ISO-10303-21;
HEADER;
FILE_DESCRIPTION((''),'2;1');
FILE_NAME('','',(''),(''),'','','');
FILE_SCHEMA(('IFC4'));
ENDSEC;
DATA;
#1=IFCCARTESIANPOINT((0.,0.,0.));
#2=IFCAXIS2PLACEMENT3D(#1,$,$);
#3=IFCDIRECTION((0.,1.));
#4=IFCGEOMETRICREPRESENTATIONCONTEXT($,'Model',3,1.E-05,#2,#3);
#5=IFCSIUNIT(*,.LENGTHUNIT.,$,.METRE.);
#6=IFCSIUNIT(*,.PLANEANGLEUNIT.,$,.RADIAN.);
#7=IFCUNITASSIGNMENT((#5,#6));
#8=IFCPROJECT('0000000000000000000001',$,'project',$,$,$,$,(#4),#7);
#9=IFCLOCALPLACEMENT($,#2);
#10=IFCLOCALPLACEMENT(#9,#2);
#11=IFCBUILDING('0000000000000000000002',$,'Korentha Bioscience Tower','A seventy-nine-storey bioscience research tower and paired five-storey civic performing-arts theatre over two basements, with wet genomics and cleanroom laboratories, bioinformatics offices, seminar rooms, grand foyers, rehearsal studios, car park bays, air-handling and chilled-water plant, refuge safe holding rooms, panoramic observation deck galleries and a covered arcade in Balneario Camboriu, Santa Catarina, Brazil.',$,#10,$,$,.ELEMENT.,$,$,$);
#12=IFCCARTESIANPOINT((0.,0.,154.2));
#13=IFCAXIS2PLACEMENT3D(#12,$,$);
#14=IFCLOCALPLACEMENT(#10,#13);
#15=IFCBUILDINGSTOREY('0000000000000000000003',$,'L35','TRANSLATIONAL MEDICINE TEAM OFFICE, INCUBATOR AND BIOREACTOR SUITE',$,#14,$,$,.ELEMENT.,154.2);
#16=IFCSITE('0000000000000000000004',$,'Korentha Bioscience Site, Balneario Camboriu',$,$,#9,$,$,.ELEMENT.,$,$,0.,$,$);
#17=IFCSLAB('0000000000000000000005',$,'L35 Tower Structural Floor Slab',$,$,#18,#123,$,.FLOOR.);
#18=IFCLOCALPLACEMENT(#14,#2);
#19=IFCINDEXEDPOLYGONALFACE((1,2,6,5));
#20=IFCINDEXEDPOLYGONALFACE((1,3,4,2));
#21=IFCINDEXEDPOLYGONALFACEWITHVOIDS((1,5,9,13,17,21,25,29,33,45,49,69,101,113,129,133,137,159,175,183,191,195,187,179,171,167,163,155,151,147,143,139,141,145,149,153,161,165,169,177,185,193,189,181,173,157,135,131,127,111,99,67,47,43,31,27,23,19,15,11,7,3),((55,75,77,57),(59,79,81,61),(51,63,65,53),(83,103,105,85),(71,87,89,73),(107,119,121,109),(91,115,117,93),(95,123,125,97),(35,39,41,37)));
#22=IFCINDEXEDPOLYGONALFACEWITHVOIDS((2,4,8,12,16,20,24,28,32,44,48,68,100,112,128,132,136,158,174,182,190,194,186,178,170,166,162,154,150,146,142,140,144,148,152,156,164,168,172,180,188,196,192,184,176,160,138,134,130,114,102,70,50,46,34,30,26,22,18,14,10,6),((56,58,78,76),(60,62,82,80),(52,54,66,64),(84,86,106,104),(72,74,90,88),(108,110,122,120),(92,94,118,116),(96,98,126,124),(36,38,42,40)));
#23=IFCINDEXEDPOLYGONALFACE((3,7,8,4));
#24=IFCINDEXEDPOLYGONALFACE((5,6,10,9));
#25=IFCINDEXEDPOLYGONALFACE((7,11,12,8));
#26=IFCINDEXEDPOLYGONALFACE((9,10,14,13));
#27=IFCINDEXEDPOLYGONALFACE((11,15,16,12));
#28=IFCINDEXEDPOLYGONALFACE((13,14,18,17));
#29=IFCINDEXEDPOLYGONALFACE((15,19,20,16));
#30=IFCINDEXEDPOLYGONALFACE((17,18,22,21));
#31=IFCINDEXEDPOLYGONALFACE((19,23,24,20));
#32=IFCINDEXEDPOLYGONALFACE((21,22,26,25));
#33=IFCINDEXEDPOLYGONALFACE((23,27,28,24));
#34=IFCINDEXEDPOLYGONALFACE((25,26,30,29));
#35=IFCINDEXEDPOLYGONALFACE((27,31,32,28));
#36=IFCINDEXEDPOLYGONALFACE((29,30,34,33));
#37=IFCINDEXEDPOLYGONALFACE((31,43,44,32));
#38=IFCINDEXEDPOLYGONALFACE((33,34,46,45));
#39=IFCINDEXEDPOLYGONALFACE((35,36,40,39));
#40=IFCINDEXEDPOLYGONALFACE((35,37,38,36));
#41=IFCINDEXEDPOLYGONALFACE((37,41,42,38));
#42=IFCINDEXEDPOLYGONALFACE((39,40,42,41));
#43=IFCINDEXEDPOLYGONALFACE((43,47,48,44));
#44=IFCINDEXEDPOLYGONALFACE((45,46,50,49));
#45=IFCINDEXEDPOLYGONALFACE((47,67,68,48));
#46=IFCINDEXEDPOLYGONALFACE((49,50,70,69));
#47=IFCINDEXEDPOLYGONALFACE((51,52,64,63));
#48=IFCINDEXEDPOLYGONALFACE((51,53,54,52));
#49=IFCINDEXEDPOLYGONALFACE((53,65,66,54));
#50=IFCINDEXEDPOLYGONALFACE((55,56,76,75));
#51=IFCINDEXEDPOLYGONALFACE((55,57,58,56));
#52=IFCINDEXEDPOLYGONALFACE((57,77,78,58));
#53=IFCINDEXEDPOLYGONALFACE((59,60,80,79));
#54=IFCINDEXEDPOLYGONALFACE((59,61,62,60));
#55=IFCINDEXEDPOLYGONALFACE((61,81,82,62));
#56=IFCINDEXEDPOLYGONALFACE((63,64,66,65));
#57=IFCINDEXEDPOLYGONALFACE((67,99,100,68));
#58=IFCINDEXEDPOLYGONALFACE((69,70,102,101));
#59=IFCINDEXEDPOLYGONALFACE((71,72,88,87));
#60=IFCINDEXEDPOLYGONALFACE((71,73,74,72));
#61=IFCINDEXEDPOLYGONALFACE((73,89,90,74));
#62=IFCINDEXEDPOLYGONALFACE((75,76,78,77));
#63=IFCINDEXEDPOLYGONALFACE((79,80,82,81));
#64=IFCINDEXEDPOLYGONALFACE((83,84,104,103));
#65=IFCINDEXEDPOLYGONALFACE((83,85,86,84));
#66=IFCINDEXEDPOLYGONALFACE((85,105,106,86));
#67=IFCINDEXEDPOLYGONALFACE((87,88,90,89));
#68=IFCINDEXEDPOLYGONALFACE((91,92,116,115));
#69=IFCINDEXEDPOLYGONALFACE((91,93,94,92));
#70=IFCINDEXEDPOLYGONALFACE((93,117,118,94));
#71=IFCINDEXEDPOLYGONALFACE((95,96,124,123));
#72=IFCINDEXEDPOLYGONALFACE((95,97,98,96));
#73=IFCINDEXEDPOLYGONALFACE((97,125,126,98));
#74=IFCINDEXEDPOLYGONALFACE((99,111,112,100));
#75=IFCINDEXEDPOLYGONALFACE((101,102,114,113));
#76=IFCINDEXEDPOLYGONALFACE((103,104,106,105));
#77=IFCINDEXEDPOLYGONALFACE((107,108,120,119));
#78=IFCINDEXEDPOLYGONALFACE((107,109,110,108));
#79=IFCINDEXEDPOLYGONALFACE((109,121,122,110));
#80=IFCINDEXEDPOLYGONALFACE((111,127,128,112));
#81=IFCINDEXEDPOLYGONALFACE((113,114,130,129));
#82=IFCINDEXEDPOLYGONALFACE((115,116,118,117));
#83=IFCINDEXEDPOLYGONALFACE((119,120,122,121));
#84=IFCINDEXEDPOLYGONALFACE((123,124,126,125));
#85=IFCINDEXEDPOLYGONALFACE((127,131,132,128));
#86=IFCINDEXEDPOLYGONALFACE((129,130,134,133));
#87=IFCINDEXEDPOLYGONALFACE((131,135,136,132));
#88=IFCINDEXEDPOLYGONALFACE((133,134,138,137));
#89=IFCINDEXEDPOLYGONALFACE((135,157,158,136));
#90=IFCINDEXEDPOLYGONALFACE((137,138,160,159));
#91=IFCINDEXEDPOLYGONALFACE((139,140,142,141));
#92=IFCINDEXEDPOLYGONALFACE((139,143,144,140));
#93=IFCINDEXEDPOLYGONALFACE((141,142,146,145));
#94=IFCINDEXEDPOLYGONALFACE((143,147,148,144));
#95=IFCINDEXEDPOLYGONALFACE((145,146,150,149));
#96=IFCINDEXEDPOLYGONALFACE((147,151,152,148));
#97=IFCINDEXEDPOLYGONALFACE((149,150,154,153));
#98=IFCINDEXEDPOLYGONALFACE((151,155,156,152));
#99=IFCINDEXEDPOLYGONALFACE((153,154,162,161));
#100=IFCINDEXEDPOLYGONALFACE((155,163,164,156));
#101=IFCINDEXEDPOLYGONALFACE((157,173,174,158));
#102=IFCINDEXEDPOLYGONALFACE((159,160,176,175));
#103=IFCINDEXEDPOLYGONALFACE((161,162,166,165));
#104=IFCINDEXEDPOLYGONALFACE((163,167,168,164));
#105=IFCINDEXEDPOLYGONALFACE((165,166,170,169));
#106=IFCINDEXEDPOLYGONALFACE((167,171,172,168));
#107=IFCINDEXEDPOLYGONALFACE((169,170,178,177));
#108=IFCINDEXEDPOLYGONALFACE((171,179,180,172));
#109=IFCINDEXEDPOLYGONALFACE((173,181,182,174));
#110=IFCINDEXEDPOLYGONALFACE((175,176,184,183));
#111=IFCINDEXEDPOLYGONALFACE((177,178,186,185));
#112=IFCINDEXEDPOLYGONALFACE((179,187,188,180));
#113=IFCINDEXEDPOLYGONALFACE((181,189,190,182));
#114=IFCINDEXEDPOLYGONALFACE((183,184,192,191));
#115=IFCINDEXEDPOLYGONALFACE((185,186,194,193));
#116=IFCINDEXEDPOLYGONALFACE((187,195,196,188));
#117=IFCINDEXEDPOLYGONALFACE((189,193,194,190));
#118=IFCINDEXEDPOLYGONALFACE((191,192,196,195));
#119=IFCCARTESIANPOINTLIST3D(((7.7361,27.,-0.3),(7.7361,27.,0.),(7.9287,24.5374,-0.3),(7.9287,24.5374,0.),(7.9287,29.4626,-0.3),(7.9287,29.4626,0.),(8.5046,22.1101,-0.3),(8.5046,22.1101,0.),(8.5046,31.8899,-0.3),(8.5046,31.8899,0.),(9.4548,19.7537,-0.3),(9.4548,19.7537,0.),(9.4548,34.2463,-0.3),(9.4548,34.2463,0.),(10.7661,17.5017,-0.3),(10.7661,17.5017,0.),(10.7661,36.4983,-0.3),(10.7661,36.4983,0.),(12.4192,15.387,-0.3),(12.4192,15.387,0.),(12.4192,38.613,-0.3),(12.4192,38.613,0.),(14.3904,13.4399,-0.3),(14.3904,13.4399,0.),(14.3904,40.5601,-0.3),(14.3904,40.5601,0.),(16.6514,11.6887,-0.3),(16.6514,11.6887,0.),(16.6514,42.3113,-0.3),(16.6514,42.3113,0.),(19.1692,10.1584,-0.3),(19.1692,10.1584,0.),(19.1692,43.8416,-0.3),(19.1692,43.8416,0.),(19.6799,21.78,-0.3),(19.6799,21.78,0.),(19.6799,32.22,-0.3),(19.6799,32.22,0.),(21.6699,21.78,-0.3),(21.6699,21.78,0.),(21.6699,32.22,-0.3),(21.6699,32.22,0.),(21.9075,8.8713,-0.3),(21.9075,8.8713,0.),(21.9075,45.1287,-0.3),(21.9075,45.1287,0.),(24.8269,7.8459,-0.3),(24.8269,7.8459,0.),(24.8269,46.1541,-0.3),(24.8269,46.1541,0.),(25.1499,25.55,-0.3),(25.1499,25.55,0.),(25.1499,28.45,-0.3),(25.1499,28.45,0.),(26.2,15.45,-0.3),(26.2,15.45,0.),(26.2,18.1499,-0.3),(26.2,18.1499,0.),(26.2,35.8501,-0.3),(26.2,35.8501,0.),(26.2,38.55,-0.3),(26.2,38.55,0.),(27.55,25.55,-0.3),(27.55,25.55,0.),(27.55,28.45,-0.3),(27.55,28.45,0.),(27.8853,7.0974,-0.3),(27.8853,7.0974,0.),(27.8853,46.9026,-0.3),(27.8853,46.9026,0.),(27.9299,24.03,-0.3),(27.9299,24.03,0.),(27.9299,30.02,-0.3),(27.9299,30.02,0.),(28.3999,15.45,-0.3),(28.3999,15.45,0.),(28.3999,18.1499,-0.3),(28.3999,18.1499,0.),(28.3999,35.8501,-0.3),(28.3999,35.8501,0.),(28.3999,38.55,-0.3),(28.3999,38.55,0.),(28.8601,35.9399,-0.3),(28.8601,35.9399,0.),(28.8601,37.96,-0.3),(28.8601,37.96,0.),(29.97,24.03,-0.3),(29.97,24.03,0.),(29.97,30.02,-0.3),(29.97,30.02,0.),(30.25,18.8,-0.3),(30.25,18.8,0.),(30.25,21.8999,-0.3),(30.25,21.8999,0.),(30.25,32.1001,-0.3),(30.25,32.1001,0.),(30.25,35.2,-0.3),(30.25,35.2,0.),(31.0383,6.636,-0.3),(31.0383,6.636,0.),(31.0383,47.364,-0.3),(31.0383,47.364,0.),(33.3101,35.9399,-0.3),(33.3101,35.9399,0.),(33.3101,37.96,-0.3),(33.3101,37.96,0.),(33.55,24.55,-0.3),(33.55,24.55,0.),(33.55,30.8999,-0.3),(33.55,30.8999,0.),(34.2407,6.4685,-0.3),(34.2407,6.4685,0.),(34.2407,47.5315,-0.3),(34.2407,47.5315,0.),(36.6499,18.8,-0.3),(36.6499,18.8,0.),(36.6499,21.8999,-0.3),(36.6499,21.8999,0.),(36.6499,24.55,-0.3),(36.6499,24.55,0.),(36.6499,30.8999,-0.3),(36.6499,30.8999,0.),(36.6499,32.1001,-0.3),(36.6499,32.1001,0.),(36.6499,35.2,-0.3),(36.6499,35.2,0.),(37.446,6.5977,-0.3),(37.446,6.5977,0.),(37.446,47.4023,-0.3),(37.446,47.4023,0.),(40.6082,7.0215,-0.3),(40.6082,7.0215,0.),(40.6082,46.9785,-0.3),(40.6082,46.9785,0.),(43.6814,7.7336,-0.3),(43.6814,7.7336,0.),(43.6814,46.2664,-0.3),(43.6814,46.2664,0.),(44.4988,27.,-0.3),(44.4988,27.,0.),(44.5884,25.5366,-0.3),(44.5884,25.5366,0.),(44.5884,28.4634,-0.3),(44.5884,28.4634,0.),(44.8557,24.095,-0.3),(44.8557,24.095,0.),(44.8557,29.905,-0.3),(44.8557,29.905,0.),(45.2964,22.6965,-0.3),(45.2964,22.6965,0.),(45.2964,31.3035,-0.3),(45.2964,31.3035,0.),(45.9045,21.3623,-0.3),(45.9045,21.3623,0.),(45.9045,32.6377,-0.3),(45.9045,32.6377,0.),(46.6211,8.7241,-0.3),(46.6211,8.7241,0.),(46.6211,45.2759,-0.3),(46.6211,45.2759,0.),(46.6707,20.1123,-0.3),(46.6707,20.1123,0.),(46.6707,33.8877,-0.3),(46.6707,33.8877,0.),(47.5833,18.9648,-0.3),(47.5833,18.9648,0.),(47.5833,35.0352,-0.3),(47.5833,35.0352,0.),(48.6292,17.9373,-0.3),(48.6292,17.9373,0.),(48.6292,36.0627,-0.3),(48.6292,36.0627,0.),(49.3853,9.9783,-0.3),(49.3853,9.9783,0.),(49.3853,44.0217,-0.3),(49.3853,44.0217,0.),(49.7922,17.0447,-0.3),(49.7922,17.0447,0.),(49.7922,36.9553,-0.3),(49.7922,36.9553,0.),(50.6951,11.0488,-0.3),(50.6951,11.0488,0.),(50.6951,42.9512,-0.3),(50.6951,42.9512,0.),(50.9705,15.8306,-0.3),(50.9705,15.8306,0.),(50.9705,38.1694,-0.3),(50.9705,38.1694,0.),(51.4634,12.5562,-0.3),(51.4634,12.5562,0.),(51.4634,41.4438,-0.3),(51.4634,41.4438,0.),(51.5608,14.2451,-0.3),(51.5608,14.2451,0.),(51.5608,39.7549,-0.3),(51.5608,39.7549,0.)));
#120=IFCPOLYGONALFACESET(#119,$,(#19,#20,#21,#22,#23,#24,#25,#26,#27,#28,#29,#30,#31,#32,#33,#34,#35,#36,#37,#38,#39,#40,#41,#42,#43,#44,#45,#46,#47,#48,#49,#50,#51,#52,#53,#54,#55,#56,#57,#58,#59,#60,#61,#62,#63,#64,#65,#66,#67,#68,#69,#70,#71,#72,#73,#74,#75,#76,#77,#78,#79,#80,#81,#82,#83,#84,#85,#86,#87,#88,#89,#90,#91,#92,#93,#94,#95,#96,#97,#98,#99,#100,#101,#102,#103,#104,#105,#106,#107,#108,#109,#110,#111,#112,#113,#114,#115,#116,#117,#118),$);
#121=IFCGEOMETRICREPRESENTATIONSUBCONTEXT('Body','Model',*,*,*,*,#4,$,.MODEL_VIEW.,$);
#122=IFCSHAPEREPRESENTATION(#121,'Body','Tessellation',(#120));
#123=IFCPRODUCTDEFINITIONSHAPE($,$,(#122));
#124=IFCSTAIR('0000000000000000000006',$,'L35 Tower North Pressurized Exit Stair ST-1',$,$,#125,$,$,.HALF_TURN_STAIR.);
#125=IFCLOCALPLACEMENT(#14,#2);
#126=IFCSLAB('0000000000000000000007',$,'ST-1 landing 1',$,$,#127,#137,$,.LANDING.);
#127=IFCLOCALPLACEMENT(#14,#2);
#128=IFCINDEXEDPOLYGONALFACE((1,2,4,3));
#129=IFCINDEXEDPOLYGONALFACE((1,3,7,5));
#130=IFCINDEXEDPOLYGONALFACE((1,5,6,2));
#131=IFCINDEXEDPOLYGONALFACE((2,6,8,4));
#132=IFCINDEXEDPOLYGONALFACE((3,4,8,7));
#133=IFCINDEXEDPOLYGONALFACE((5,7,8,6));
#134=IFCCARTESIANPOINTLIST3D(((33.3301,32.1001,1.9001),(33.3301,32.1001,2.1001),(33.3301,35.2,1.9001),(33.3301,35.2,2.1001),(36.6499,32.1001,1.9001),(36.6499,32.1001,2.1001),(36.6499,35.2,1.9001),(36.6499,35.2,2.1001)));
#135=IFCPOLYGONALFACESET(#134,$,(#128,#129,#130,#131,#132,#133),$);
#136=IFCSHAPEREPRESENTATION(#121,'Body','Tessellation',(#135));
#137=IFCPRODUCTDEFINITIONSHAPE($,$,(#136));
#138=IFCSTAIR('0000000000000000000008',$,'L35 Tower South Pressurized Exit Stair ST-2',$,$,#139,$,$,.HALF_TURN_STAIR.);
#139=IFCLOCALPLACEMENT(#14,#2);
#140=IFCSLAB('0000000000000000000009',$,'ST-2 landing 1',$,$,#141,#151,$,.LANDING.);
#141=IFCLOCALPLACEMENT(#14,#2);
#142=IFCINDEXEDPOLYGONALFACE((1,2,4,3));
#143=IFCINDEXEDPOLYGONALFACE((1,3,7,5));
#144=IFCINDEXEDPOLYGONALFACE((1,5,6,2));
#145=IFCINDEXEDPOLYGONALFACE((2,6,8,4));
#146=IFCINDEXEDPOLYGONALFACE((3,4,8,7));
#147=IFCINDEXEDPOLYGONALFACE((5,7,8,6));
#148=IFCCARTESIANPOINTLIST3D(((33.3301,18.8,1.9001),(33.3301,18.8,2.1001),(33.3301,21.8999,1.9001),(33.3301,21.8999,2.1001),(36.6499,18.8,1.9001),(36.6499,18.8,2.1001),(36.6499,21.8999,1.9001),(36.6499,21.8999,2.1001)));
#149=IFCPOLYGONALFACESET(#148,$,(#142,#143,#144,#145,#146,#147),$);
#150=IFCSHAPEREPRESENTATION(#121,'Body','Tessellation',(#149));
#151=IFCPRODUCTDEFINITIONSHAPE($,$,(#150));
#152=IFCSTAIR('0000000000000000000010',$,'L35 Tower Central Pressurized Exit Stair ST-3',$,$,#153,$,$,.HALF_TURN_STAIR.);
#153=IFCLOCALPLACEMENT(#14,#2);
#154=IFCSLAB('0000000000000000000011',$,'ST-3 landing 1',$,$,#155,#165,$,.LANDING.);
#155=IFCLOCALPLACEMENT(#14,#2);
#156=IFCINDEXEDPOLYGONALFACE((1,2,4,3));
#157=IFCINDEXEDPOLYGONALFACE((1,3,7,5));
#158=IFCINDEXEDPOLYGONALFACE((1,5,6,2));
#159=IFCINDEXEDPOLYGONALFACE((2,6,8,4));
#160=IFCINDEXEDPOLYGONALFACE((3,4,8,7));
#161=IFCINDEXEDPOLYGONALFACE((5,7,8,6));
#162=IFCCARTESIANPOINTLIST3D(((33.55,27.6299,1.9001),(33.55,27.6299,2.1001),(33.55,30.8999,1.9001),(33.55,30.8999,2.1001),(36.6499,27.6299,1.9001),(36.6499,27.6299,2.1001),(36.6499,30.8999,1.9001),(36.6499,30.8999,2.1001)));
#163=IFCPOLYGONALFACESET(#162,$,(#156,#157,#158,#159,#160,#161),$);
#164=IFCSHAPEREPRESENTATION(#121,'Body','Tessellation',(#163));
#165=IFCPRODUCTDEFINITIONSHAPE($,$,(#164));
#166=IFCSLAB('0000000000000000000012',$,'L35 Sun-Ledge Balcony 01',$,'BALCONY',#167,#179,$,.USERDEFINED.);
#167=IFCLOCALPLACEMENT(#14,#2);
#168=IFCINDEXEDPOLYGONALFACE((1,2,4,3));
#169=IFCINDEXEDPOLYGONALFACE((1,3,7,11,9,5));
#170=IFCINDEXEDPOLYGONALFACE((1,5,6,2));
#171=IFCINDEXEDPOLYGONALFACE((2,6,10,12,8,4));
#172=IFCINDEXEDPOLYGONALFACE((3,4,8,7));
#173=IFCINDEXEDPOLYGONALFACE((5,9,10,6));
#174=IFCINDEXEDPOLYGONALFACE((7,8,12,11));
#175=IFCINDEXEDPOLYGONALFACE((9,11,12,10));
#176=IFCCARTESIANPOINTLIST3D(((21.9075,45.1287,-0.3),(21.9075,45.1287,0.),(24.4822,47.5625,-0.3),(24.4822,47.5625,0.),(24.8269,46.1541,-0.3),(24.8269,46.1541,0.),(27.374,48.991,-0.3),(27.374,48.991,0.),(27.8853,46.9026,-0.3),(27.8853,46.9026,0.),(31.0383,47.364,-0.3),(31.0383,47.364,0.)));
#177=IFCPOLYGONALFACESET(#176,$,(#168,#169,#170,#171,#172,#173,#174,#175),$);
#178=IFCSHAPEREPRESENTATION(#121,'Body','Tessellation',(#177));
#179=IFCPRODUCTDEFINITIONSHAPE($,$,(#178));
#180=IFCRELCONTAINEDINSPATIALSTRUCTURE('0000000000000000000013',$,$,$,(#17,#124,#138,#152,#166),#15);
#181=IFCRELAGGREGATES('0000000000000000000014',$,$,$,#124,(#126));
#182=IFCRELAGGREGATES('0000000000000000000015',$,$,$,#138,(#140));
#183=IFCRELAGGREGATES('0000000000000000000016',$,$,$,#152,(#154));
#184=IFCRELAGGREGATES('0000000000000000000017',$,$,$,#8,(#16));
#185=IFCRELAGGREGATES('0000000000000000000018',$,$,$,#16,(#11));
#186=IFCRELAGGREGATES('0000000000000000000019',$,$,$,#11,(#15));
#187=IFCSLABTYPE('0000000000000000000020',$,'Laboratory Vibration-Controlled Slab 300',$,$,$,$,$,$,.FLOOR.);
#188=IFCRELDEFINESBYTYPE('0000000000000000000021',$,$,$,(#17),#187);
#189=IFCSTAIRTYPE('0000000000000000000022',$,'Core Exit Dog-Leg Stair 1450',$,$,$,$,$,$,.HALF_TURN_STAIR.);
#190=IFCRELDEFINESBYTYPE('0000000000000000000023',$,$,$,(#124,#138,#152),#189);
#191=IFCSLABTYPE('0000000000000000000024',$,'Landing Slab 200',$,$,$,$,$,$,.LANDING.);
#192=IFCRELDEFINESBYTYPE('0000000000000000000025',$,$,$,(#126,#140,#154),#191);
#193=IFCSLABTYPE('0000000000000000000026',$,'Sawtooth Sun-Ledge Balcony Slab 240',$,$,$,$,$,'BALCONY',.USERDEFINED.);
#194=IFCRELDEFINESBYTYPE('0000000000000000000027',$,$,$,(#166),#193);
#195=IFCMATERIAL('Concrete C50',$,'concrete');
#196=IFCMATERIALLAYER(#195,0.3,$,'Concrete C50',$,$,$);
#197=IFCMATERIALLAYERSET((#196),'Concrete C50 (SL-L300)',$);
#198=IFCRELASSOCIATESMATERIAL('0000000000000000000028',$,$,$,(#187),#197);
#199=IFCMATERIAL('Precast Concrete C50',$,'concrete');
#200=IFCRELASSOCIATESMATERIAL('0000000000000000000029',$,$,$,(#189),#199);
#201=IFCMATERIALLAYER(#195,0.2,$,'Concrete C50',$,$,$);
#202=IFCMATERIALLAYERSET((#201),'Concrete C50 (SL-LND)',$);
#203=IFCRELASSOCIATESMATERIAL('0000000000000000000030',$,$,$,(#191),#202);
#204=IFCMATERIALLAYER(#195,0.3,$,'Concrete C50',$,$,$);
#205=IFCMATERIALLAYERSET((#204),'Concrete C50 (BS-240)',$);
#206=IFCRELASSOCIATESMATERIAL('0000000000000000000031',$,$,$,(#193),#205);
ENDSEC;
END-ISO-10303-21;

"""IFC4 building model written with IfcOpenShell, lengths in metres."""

from ifc_helpers import new_model, si_unit, direction, frame, origin, place, context, subcontext, project, spatial, polyline, outline, extrude, material, layer, layer_set, type_object, element, aggregate, save


model = new_model("IFC4")

# Units and contexts
model_context = context("Model", 3, precision=1e-05, world=origin(), true_north=direction((0.0, 1.0)))
body_context = subcontext(model_context, "Body", "Model", "MODEL_VIEW")
ifc_project = project(units=[si_unit("LENGTHUNIT", "METRE"), si_unit("PLANEANGLEUNIT", "RADIAN")], contexts=[model_context])

# Site, building, storey
site_placement = place(None, origin())
site = spatial("IfcSite", under=ifc_project, at=site_placement, Name="Korentha Bioscience Site, Balneario Camboriu", CompositionType="ELEMENT", RefElevation=0.0)
building_placement = place(site_placement, origin())
building = spatial("IfcBuilding", under=site, at=building_placement, Name="Korentha Bioscience Tower", Description="A seventy-nine-storey bioscience research tower and paired five-storey civic performing-arts theatre over two basements, with wet genomics and cleanroom laboratories, bioinformatics offices, seminar rooms, grand foyers, rehearsal studios, car park bays, air-handling and chilled-water plant, refuge safe holding rooms, panoramic observation deck galleries and a covered arcade in Balneario Camboriu, Santa Catarina, Brazil.", CompositionType="ELEMENT")
storey_placement = place(building_placement, frame((0.0, 0.0, 154.2)))
storey = spatial("IfcBuildingStorey", under=building, at=storey_placement, Name="L35", Description="TRANSLATIONAL MEDICINE TEAM OFFICE, INCUBATOR AND BIOREACTOR SUITE", CompositionType="ELEMENT", Elevation=154.2)

# Slab
ifc_material_1 = material(Name="Concrete C50", Category="concrete")
ifc_layer_1 = layer(ifc_material_1, 0.3, Name="Concrete C50")
ifc_layer_set_1 = layer_set([ifc_layer_1], Name="Concrete C50 (SL-L300)")
slab_type_1 = type_object("IfcSlabType", Name="Laboratory Vibration-Controlled Slab 300", PredefinedType="FLOOR", material=ifc_layer_set_1)
slab_1_placement = place(storey_placement, frame((0.0, 0.0, -0.3)))
element("IfcSlab", 1, at=slab_1_placement, inside=storey, type_object=slab_type_1, Name="L35 Tower Structural Floor Slab", PredefinedType="FLOOR", context=body_context, shape_type="SweptSolid", body=[
    extrude(outline(polyline([(49.3853, 44.0217), (46.6211, 45.2759), (43.6814, 46.2664), (40.6082, 46.9785), (37.446, 47.4023), (34.2407, 47.5315), (31.0383, 47.364), (27.8853, 46.9026), (24.8269, 46.1541), (21.9075, 45.1287), (19.1692, 43.8416), (16.6514, 42.3113), (14.3904, 40.5601), (12.4192, 38.613), (10.7661, 36.4983), (9.4548, 34.2463), (8.5046, 31.8899), (7.9287, 29.4626), (7.7361, 27.0), (7.9287, 24.5374), (8.5046, 22.1101), (9.4548, 19.7537), (10.7661, 17.5017), (12.4192, 15.387), (14.3904, 13.4399), (16.6514, 11.6887), (19.1692, 10.1584), (21.9075, 8.8713), (24.8269, 7.8459), (27.8853, 7.0974), (31.0383, 6.636), (34.2407, 6.4685), (37.446, 6.5977), (40.6082, 7.0215), (43.6814, 7.7336), (46.6211, 8.7241), (49.3853, 9.9783), (50.6951, 11.0488), (51.4634, 12.5562), (51.5608, 14.2451), (50.9705, 15.8306), (49.7922, 17.0447), (48.6292, 17.9373), (47.5833, 18.9648), (46.6707, 20.1123), (45.9045, 21.3623), (45.2964, 22.6965), (44.8557, 24.095), (44.5884, 25.5366), (44.4988, 27.0), (44.5884, 28.4634), (44.8557, 29.905), (45.2964, 31.3035), (45.9045, 32.6377), (46.6707, 33.8877), (47.5833, 35.0352), (48.6292, 36.0627), (49.7922, 36.9553), (50.9705, 38.1694), (51.5608, 39.7549), (51.4634, 41.4438), (50.6951, 42.9512), (49.3853, 44.0217)]), holes=[polyline([(30.25, 32.1001), (36.6499, 32.1001), (36.6499, 35.2), (30.25, 35.2), (30.25, 32.1001)]), polyline([(30.25, 18.8), (36.6499, 18.8), (36.6499, 21.8999), (30.25, 21.8999), (30.25, 18.8)]), polyline([(36.6499, 24.55), (36.6499, 30.8999), (33.55, 30.8999), (33.55, 24.55), (36.6499, 24.55)]), polyline([(19.6799, 21.78), (21.6699, 21.78), (21.6699, 32.22), (19.6799, 32.22), (19.6799, 21.78)]), polyline([(27.9299, 24.03), (29.97, 24.03), (29.97, 30.02), (27.9299, 30.02), (27.9299, 24.03)]), polyline([(28.8601, 35.9399), (33.3101, 35.9399), (33.3101, 37.96), (28.8601, 37.96), (28.8601, 35.9399)]), polyline([(26.2, 15.45), (28.3999, 15.45), (28.3999, 18.1499), (26.2, 18.1499), (26.2, 15.45)]), polyline([(26.2, 35.8501), (28.3999, 35.8501), (28.3999, 38.55), (26.2, 38.55), (26.2, 35.8501)]), polyline([(25.1499, 25.55), (27.55, 25.55), (27.55, 28.45), (25.1499, 28.45), (25.1499, 25.55)])]), origin(), (0.0, 0.0, 1.0), 0.3),
])

# Stairs, slabs
ifc_material_2 = material(Name="Precast Concrete C50", Category="concrete")
stair_type = type_object("IfcStairType", Name="Core Exit Dog-Leg Stair 1450", PredefinedType="HALF_TURN_STAIR", material=ifc_material_2)
stair_1_placement = place(storey_placement, origin())
stair_1 = element("IfcStair", 2, at=stair_1_placement, inside=storey, type_object=stair_type, Name="L35 Tower North Pressurized Exit Stair ST-1", PredefinedType="HALF_TURN_STAIR")
ifc_layer_2 = layer(ifc_material_1, 0.2, Name="Concrete C50")
ifc_layer_set_2 = layer_set([ifc_layer_2], Name="Concrete C50 (SL-LND)")
slab_type_2 = type_object("IfcSlabType", Name="Landing Slab 200", PredefinedType="LANDING", material=ifc_layer_set_2)
slab_2_placement = place(storey_placement, frame((0.0, 0.0, 1.9001)))
slab_2 = element("IfcSlab", 3, at=slab_2_placement, type_object=slab_type_2, Name="ST-1 landing 1", PredefinedType="LANDING", context=body_context, shape_type="SweptSolid", body=[
    extrude(outline(polyline([(33.3301, 32.1001), (36.6499, 32.1001), (36.6499, 35.2), (33.3301, 35.2), (33.3301, 32.1001)])), origin(), (0.0, 0.0, 1.0), 0.2),
])
aggregate(stair_1, [slab_2])
stair_2_placement = place(storey_placement, origin())
stair_2 = element("IfcStair", 4, at=stair_2_placement, inside=storey, type_object=stair_type, Name="L35 Tower South Pressurized Exit Stair ST-2", PredefinedType="HALF_TURN_STAIR")
slab_3_placement = place(storey_placement, frame((0.0, 0.0, 1.9001)))
slab_3 = element("IfcSlab", 5, at=slab_3_placement, type_object=slab_type_2, Name="ST-2 landing 1", PredefinedType="LANDING", context=body_context, shape_type="SweptSolid", body=[
    extrude(outline(polyline([(33.3301, 18.8), (36.6499, 18.8), (36.6499, 21.8999), (33.3301, 21.8999), (33.3301, 18.8)])), origin(), (0.0, 0.0, 1.0), 0.2),
])
aggregate(stair_2, [slab_3])
stair_3_placement = place(storey_placement, origin())
stair_3 = element("IfcStair", 6, at=stair_3_placement, inside=storey, type_object=stair_type, Name="L35 Tower Central Pressurized Exit Stair ST-3", PredefinedType="HALF_TURN_STAIR")
slab_4_placement = place(storey_placement, frame((0.0, 0.0, 1.9001)))
slab_4 = element("IfcSlab", 7, at=slab_4_placement, type_object=slab_type_2, Name="ST-3 landing 1", PredefinedType="LANDING", context=body_context, shape_type="SweptSolid", body=[
    extrude(outline(polyline([(36.6499, 27.6299), (36.6499, 30.8999), (33.55, 30.8999), (33.55, 27.6299), (36.6499, 27.6299)])), origin(), (0.0, 0.0, 1.0), 0.2),
])
aggregate(stair_3, [slab_4])

# Slab
ifc_layer_3 = layer(ifc_material_1, 0.3, Name="Concrete C50")
ifc_layer_set_3 = layer_set([ifc_layer_3], Name="Concrete C50 (BS-240)")
slab_type_3 = type_object("IfcSlabType", Name="Sawtooth Sun-Ledge Balcony Slab 240", ElementType="BALCONY", PredefinedType="USERDEFINED", material=ifc_layer_set_3)
slab_5_placement = place(storey_placement, frame((0.0, 0.0, -0.3)))
element("IfcSlab", 8, at=slab_5_placement, inside=storey, type_object=slab_type_3, Name="L35 Sun-Ledge Balcony 01", ObjectType="BALCONY", PredefinedType="USERDEFINED", context=body_context, shape_type="SweptSolid", body=[
    extrude(outline(polyline([(21.9075, 45.1287), (24.8269, 46.1541), (27.8853, 46.9026), (31.0383, 47.364), (27.374, 48.991), (24.4822, 47.5625), (21.9075, 45.1287)])), origin(), (0.0, 0.0, 1.0), 0.3),
])

save(model, "model.ifc")
